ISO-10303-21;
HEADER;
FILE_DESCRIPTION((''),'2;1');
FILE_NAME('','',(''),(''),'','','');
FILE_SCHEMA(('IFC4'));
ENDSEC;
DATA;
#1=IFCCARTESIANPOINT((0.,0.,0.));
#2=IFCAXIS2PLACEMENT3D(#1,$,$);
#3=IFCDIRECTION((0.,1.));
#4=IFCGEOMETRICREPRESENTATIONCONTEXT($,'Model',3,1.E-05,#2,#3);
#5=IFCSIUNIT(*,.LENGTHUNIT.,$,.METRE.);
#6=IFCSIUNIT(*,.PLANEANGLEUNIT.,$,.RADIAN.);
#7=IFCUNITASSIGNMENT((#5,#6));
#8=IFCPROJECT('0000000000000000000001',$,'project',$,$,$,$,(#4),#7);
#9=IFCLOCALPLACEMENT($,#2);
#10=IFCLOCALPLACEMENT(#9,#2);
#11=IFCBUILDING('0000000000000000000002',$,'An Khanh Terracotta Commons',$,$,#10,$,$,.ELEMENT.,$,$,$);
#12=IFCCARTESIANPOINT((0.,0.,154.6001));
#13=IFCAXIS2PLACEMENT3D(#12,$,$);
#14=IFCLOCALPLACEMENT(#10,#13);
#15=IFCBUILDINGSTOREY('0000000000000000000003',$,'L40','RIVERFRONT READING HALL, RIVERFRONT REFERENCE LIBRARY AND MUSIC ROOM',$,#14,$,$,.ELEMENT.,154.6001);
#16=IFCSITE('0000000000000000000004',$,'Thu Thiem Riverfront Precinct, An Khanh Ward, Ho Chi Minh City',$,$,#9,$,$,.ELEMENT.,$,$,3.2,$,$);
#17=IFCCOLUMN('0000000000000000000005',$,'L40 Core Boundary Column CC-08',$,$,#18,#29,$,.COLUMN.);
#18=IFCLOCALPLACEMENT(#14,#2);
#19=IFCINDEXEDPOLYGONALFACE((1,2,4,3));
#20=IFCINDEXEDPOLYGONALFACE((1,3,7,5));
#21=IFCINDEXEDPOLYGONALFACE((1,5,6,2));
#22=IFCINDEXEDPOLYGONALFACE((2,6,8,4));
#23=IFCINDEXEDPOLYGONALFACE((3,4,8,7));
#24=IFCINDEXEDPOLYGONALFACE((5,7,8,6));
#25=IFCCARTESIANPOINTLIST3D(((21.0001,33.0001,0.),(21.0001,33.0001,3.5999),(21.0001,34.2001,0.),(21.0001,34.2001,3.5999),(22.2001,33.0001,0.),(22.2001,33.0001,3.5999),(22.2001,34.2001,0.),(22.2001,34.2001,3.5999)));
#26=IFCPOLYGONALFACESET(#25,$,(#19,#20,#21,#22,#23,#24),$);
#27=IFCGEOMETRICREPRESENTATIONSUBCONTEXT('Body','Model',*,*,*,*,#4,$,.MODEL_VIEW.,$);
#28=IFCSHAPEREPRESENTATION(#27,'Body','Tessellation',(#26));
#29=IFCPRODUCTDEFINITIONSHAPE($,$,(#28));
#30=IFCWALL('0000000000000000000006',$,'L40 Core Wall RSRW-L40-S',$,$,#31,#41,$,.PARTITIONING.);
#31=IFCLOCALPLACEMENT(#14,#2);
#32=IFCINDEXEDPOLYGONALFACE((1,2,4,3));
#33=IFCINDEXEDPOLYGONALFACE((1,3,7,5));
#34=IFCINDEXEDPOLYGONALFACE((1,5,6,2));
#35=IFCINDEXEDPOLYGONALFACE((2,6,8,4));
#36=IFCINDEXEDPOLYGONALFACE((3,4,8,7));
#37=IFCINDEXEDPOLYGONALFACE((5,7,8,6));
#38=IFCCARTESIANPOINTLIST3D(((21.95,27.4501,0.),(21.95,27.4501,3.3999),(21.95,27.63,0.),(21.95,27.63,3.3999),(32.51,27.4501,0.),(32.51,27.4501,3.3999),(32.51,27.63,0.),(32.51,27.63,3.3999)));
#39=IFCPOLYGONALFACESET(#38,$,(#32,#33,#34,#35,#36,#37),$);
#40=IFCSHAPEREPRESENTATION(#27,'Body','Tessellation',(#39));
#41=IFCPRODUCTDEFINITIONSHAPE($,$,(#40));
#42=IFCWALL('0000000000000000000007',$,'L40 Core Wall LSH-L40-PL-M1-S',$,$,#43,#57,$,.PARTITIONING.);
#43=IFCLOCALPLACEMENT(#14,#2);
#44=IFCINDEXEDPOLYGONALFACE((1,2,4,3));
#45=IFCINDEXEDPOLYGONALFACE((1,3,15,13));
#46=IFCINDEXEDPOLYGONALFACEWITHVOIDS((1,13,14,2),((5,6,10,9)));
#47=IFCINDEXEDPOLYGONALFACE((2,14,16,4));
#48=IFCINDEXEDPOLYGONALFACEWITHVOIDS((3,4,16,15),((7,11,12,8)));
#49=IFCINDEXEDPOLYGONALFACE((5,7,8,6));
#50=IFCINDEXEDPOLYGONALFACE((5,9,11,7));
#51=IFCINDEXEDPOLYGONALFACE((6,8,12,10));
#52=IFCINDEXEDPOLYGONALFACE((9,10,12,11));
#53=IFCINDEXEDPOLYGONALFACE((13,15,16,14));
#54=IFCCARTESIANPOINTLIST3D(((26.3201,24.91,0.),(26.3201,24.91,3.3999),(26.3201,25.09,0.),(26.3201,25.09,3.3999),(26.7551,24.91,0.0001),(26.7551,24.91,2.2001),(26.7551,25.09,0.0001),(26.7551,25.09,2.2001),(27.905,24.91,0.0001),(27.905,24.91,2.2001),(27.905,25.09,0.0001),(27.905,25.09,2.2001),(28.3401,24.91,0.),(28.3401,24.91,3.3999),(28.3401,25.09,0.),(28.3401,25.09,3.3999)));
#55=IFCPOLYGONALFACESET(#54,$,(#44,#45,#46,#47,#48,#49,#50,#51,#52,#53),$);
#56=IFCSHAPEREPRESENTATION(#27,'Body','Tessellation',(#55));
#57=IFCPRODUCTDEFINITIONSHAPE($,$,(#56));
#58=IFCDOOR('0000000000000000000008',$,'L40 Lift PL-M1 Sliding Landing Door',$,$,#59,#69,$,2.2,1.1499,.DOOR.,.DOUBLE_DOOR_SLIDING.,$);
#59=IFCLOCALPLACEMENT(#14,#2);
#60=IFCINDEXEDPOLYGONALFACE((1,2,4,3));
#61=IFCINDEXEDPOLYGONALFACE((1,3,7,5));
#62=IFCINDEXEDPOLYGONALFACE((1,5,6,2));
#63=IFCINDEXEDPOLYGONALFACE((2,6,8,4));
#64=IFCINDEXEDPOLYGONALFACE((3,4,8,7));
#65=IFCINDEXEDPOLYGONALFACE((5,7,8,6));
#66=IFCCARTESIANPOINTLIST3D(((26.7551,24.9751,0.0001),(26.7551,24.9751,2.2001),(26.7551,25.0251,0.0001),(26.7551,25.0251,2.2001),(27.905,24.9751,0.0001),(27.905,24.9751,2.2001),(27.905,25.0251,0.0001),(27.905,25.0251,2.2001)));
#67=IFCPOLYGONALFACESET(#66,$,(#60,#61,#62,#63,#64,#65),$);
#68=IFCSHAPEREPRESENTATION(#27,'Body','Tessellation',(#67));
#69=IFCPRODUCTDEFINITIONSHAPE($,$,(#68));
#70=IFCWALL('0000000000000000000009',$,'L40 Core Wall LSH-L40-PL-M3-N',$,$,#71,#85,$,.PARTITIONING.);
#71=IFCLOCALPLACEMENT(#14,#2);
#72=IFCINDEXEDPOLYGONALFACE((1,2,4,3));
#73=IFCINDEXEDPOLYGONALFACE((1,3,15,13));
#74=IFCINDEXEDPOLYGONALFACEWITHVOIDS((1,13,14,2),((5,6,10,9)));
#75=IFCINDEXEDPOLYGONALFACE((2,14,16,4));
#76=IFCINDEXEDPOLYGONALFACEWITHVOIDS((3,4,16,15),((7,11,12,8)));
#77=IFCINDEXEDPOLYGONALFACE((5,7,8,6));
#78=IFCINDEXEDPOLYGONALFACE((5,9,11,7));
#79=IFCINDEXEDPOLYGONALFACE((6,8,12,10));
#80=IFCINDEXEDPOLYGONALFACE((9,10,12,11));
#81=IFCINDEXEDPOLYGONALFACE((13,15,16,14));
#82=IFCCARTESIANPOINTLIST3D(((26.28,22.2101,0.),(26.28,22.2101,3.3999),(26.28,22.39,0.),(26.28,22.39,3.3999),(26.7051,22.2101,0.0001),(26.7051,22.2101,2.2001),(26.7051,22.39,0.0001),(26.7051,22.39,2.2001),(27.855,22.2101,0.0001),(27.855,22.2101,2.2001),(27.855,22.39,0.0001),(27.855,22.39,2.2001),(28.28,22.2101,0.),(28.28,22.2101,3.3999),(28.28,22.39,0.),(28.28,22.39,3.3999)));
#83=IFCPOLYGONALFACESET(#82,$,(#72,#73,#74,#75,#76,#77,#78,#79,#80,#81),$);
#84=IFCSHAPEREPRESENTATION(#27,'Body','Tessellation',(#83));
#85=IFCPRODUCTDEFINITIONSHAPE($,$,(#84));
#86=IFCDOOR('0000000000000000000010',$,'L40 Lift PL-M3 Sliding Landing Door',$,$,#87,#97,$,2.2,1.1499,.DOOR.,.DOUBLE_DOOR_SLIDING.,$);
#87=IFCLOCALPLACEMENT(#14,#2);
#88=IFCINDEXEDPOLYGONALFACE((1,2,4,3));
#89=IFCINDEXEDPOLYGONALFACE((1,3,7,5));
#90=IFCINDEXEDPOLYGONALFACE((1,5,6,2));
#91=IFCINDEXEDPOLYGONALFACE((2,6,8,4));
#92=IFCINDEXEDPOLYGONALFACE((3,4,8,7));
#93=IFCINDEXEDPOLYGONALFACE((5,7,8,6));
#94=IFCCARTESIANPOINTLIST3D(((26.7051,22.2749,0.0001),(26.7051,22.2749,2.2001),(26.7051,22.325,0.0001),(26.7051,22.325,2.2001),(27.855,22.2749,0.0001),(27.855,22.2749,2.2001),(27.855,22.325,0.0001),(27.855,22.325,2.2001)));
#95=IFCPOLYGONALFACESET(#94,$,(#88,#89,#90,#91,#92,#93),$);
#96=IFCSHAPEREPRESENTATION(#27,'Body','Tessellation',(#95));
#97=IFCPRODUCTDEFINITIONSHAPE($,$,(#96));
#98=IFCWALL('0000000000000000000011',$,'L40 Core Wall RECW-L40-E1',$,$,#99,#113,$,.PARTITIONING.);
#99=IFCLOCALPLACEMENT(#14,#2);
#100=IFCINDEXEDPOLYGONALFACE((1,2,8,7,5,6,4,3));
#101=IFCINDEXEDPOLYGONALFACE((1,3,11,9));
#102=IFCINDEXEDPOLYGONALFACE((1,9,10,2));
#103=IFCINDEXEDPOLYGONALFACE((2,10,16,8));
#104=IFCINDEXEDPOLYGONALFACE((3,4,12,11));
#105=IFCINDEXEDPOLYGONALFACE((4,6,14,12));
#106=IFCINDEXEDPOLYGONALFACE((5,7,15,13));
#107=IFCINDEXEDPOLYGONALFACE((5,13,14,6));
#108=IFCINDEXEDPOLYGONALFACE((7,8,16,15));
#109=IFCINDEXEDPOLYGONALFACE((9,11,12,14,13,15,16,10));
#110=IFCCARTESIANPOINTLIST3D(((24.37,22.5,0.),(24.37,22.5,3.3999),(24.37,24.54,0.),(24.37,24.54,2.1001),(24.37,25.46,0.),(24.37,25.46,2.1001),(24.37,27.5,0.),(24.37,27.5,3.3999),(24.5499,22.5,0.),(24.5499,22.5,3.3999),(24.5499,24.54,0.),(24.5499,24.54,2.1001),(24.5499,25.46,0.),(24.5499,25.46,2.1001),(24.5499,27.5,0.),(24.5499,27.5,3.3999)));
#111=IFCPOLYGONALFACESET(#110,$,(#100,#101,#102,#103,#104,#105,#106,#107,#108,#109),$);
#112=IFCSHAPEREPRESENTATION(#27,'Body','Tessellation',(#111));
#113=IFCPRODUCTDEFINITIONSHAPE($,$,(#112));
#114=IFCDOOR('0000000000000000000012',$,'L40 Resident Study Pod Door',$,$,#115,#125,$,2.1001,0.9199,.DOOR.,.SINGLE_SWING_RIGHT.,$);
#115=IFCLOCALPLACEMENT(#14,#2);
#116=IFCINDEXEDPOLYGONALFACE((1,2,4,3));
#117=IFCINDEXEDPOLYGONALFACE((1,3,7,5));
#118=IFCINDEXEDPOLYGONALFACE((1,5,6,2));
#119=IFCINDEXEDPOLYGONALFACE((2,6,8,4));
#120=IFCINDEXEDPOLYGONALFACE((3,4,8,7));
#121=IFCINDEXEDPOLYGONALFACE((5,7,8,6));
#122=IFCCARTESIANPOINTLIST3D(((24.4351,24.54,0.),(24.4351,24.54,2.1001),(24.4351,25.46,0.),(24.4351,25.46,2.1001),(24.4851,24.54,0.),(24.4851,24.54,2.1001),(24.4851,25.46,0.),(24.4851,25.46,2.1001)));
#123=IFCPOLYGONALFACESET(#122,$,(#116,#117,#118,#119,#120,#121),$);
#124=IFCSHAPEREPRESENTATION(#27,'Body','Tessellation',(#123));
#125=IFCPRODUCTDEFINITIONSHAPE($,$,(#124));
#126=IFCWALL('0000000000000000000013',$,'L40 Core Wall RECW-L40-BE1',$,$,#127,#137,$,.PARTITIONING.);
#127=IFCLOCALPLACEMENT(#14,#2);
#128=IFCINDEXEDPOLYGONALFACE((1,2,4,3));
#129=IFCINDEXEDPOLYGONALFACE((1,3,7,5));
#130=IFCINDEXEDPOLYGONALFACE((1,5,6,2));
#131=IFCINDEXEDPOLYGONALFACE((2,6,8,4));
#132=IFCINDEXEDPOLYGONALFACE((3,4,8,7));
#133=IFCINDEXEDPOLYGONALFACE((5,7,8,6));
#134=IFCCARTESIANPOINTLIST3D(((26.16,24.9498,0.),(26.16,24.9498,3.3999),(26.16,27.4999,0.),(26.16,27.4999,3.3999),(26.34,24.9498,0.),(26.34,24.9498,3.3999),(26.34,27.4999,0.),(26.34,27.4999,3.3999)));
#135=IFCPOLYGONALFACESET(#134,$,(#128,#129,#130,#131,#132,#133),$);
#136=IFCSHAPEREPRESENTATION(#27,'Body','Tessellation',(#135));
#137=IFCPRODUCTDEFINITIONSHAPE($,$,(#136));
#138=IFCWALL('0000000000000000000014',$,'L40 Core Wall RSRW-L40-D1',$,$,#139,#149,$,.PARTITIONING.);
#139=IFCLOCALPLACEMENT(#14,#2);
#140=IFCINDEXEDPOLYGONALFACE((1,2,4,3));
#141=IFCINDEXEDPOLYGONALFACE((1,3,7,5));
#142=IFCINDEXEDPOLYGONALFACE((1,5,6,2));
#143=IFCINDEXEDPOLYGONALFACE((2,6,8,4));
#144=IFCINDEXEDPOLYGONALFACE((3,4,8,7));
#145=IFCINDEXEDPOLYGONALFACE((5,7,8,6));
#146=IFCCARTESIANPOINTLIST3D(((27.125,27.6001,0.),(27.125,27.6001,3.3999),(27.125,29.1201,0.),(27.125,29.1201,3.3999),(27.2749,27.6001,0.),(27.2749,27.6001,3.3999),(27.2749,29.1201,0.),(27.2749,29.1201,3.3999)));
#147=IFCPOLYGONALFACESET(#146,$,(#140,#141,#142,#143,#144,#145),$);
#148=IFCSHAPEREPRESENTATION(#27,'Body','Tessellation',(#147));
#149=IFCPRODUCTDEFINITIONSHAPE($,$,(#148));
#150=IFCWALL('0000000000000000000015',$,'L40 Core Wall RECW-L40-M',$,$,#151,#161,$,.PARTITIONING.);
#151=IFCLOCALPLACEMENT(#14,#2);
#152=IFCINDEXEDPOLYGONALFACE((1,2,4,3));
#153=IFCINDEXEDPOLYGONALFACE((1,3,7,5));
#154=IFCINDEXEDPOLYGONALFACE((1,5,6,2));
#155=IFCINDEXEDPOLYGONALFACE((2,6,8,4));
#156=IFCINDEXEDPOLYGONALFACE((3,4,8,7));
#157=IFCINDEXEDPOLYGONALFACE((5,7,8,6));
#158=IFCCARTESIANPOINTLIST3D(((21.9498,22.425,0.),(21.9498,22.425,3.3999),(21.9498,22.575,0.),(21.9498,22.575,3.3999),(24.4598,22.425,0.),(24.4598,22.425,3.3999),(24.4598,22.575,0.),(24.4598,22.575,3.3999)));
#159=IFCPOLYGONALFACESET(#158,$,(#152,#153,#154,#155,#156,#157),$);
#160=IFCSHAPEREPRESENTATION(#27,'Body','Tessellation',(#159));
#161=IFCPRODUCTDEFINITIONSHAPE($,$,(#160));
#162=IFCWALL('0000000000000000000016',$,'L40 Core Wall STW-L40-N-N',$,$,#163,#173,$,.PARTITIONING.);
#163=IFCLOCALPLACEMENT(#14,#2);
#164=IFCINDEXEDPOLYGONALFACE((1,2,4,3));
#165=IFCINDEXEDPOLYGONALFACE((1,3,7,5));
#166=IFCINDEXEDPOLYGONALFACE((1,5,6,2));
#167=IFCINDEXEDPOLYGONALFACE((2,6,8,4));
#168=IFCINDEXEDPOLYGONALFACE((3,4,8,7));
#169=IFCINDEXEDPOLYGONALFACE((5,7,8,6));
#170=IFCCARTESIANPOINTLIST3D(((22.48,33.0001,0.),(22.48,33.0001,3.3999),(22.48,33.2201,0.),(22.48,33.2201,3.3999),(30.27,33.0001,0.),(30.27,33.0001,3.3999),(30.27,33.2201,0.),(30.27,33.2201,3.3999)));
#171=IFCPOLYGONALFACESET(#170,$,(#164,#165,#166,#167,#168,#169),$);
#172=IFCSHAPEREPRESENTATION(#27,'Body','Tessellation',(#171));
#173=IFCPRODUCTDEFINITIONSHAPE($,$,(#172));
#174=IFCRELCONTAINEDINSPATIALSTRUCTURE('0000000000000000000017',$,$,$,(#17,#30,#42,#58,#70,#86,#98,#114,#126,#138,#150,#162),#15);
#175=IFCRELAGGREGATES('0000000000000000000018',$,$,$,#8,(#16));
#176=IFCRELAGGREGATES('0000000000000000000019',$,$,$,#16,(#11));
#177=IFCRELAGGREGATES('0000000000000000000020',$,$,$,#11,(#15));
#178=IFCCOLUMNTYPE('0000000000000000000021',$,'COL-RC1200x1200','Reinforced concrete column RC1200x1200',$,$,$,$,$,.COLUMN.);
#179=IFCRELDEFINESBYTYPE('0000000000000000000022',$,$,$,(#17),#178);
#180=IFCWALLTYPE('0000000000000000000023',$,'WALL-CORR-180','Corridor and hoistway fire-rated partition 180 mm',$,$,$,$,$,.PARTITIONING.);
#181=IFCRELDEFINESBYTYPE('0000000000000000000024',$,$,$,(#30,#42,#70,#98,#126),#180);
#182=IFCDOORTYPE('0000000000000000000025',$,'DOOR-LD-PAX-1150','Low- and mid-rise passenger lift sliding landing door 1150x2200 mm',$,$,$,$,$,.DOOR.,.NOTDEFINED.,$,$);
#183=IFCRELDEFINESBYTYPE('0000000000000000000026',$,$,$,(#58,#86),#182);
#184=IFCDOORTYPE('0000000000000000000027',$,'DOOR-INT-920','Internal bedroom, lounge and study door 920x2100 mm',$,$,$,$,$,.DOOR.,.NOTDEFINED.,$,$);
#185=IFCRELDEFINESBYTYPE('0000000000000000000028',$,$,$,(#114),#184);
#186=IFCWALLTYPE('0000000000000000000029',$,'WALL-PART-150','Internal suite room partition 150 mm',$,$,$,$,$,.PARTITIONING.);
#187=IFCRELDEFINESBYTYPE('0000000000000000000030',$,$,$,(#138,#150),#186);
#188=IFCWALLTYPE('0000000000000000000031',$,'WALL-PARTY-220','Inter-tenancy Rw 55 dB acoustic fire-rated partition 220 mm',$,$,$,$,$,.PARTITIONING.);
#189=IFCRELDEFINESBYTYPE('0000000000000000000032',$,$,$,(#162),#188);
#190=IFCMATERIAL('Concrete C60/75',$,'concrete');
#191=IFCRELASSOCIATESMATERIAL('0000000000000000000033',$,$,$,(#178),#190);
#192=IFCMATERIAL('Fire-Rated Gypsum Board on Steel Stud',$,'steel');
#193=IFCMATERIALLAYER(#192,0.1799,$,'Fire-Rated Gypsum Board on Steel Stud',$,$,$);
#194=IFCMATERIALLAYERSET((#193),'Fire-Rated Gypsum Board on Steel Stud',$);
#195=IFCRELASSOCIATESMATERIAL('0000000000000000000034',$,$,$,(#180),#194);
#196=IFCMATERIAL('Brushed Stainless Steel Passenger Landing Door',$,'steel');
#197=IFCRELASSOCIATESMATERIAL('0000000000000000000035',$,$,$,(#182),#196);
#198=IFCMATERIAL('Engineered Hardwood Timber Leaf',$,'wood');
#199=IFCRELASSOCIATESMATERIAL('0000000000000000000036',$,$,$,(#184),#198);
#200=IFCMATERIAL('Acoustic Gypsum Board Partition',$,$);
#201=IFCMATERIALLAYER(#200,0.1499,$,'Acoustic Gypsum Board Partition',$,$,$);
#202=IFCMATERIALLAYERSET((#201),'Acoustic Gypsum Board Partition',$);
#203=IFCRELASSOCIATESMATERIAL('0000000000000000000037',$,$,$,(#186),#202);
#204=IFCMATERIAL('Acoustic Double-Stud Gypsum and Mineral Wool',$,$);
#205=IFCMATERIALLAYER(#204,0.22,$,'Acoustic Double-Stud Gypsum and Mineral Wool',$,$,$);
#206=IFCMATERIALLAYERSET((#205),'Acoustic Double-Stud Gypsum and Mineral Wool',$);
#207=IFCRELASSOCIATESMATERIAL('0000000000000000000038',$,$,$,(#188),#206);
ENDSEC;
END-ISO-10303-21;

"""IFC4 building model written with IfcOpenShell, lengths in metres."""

from ifc_helpers import new_model, si_unit, direction, frame, frame_2d, origin, origin_2d, place, context, subcontext, project, spatial, rectangle, extrude, material, layer, layer_set, material_profile, profile_set, type_object, element, fill, save


model = new_model("IFC4")

# Units and contexts
model_context = context("Model", 3, precision=1e-05, world=origin(), true_north=direction((0.0, 1.0)))
body_context = subcontext(model_context, "Body", "Model", "MODEL_VIEW")
ifc_project = project(units=[si_unit("LENGTHUNIT", "METRE"), si_unit("PLANEANGLEUNIT", "RADIAN")], contexts=[model_context])

# Site, building, storey
site_placement = place(None, origin())
site = spatial("IfcSite", under=ifc_project, at=site_placement, Name="Thu Thiem Riverfront Precinct, An Khanh Ward, Ho Chi Minh City", CompositionType="ELEMENT", RefElevation=3.2)
building_placement = place(site_placement, origin())
building = spatial("IfcBuilding", under=site, at=building_placement, Name="An Khanh Terracotta Commons", CompositionType="ELEMENT")
storey_placement = place(building_placement, frame((0.0, 0.0, 154.6001)))
storey = spatial("IfcBuildingStorey", under=building, at=storey_placement, Name="L40", Description="RIVERFRONT READING HALL, RIVERFRONT REFERENCE LIBRARY AND MUSIC ROOM", CompositionType="ELEMENT", Elevation=154.6001)

# Column
ifc_material_1 = material(Name="Concrete C60/75", Category="concrete")
ifc_material_profile = material_profile(ifc_material_1, rectangle(XDim=1.2, YDim=1.2, at=origin_2d()), Name="RC1200x1200")
ifc_profile_set = profile_set([ifc_material_profile], Name="Concrete C60/75")
column_type = type_object("IfcColumnType", Name="COL-RC1200x1200", Description="Reinforced concrete column RC1200x1200", PredefinedType="COLUMN", material=ifc_profile_set)
column_placement = place(storey_placement, frame((21.6001, 33.6001, 0.0), z_axis=(0.0, 0.0, 1.0), x_axis=(1.0, 0.0, 0.0)))
element("IfcColumn", 1, at=column_placement, inside=storey, type_object=column_type, Name="L40 Core Boundary Column CC-08", PredefinedType="COLUMN", context=body_context, shape_type="SweptSolid", body=[
    extrude(rectangle(XDim=1.2, YDim=1.2, at=origin_2d()), origin(), (0.0, 0.0, 1.0), 3.5999),
])

# Wall
ifc_material_2 = material(Name="Fire-Rated Gypsum Board on Steel Stud", Category="steel")
ifc_layer_1 = layer(ifc_material_2, 0.1799, Name="Fire-Rated Gypsum Board on Steel Stud")
ifc_layer_set_1 = layer_set([ifc_layer_1], Name="Fire-Rated Gypsum Board on Steel Stud")
wall_type_1 = type_object("IfcWallType", Name="WALL-CORR-180", Description="Corridor and hoistway fire-rated partition 180 mm", PredefinedType="PARTITIONING", material=ifc_layer_set_1)
wall_1_placement = place(storey_placement, frame((21.95, 27.54, 0.0), z_axis=(0.0, 0.0, 1.0), x_axis=(1.0, 0.0, 0.0)))
element("IfcWall", 2, at=wall_1_placement, inside=storey, type_object=wall_type_1, Name="L40 Core Wall RSRW-L40-S", PredefinedType="PARTITIONING", context=body_context, shape_type="SweptSolid", body=[
    extrude(rectangle(XDim=10.5601, YDim=0.1799, at=frame_2d((5.28, 0.0))), origin(), (0.0, 0.0, 1.0), 3.3999),
])

# Walls, openings, doors
wall_2_placement = place(storey_placement, frame((28.3401, 25.0, 0.0), z_axis=(0.0, 0.0, 1.0), x_axis=(-1.0, 0.0, 0.0)))
wall_2 = element("IfcWall", 3, at=wall_2_placement, inside=storey, type_object=wall_type_1, Name="L40 Core Wall LSH-L40-PL-M1-S", PredefinedType="PARTITIONING", context=body_context, shape_type="SweptSolid", body=[
    extrude(rectangle(XDim=2.02, YDim=0.1799, at=frame_2d((1.01, 0.0))), origin(), (0.0, 0.0, 1.0), 3.3999),
])
opening_1_placement = place(wall_2_placement, frame((0.4351, 0.0, 0.0)))
opening_1 = element("IfcOpeningElement", 4, at=opening_1_placement, cuts=wall_2, PredefinedType="OPENING", context=body_context, shape_type="SweptSolid", body=[
    extrude(rectangle(XDim=1.1499, YDim=2.2, at=frame_2d((0.575, 1.1001))), frame((0.0, 0.0999, 0.0), z_axis=(0.0, -1.0, 0.0), x_axis=(1.0, 0.0, 0.0)), (0.0, 0.0, 1.0), 0.2),
])
ifc_material_3 = material(Name="Brushed Stainless Steel Passenger Landing Door", Category="steel")
door_type_1 = type_object("IfcDoorType", Name="DOOR-LD-PAX-1150", Description="Low- and mid-rise passenger lift sliding landing door 1150x2200 mm", OperationType="NOTDEFINED", PredefinedType="DOOR", material=ifc_material_3)
door_1_placement = place(opening_1_placement, origin())
door_1 = element("IfcDoor", 5, at=door_1_placement, inside=storey, type_object=door_type_1, Name="L40 Lift PL-M1 Sliding Landing Door", OperationType="DOUBLE_DOOR_SLIDING", OverallHeight=2.2, OverallWidth=1.1499, PredefinedType="DOOR", context=body_context, shape_type="SweptSolid", body=[
    extrude(rectangle(XDim=1.1499, YDim=2.2, at=frame_2d((0.575, 1.1001))), frame((0.0, 0.0249, 0.0), z_axis=(0.0, -1.0, 0.0), x_axis=(1.0, 0.0, 0.0)), (0.0, 0.0, 1.0), 0.05),
])
fill(opening_1, door_1)
wall_3_placement = place(storey_placement, frame((26.28, 22.3, 0.0), z_axis=(0.0, 0.0, 1.0), x_axis=(1.0, 0.0, 0.0)))
wall_3 = element("IfcWall", 6, at=wall_3_placement, inside=storey, type_object=wall_type_1, Name="L40 Core Wall LSH-L40-PL-M3-N", PredefinedType="PARTITIONING", context=body_context, shape_type="SweptSolid", body=[
    extrude(rectangle(XDim=2.0, YDim=0.1799, at=frame_2d((1.0, 0.0))), origin(), (0.0, 0.0, 1.0), 3.3999),
])
opening_2_placement = place(wall_3_placement, frame((0.425, 0.0, 0.0)))
opening_2 = element("IfcOpeningElement", 7, at=opening_2_placement, cuts=wall_3, PredefinedType="OPENING", context=body_context, shape_type="SweptSolid", body=[
    extrude(rectangle(XDim=1.1499, YDim=2.2, at=frame_2d((0.575, 1.1001))), frame((0.0, 0.0999, 0.0), z_axis=(0.0, -1.0, 0.0), x_axis=(1.0, 0.0, 0.0)), (0.0, 0.0, 1.0), 0.2),
])
door_2_placement = place(opening_2_placement, origin())
door_2 = element("IfcDoor", 8, at=door_2_placement, inside=storey, type_object=door_type_1, Name="L40 Lift PL-M3 Sliding Landing Door", OperationType="DOUBLE_DOOR_SLIDING", OverallHeight=2.2, OverallWidth=1.1499, PredefinedType="DOOR", context=body_context, shape_type="SweptSolid", body=[
    extrude(rectangle(XDim=1.1499, YDim=2.2, at=frame_2d((0.575, 1.1001))), frame((0.0, 0.0249, 0.0), z_axis=(0.0, -1.0, 0.0), x_axis=(1.0, 0.0, 0.0)), (0.0, 0.0, 1.0), 0.05),
])
fill(opening_2, door_2)
wall_4_placement = place(storey_placement, frame((24.46, 22.5, 0.0), z_axis=(0.0, 0.0, 1.0), x_axis=(0.0, 1.0, 0.0)))
wall_4 = element("IfcWall", 9, at=wall_4_placement, inside=storey, type_object=wall_type_1, Name="L40 Core Wall RECW-L40-E1", PredefinedType="PARTITIONING", context=body_context, shape_type="SweptSolid", body=[
    extrude(rectangle(XDim=5.0, YDim=0.1799, at=frame_2d((2.5, 0.0))), origin(), (0.0, 0.0, 1.0), 3.3999),
])
opening_3_placement = place(wall_4_placement, frame((2.04, 0.0, 0.0)))
opening_3 = element("IfcOpeningElement", 10, at=opening_3_placement, cuts=wall_4, PredefinedType="OPENING", context=body_context, shape_type="SweptSolid", body=[
    extrude(rectangle(XDim=0.9199, YDim=2.1001, at=frame_2d((0.46, 1.05))), frame((0.0, 0.0999, 0.0), z_axis=(0.0, -1.0, 0.0), x_axis=(1.0, 0.0, 0.0)), (0.0, 0.0, 1.0), 0.2),
])
ifc_material_4 = material(Name="Engineered Hardwood Timber Leaf", Category="wood")
door_type_2 = type_object("IfcDoorType", Name="DOOR-INT-920", Description="Internal bedroom, lounge and study door 920x2100 mm", OperationType="NOTDEFINED", PredefinedType="DOOR", material=ifc_material_4)
door_3_placement = place(opening_3_placement, origin())
door_3 = element("IfcDoor", 11, at=door_3_placement, inside=storey, type_object=door_type_2, Name="L40 Resident Study Pod Door", OperationType="SINGLE_SWING_RIGHT", OverallHeight=2.1001, OverallWidth=0.9199, PredefinedType="DOOR", context=body_context, shape_type="SweptSolid", body=[
    extrude(rectangle(XDim=0.9199, YDim=2.1001, at=frame_2d((0.46, 1.05))), frame((0.0, 0.0249, 0.0), z_axis=(0.0, -1.0, 0.0), x_axis=(1.0, 0.0, 0.0)), (0.0, 0.0, 1.0), 0.05),
])
fill(opening_3, door_3)

# Walls
wall_5_placement = place(storey_placement, frame((26.25, 24.95, 0.0), z_axis=(0.0, 0.0, 1.0), x_axis=(0.0, 1.0, 0.0)))
element("IfcWall", 12, at=wall_5_placement, inside=storey, type_object=wall_type_1, Name="L40 Core Wall RECW-L40-BE1", PredefinedType="PARTITIONING", context=body_context, shape_type="SweptSolid", body=[
    extrude(rectangle(XDim=2.55, YDim=0.1799, at=frame_2d((1.2749, 0.0))), origin(), (0.0, 0.0, 1.0), 3.3999),
])
ifc_material_5 = material(Name="Acoustic Gypsum Board Partition")
ifc_layer_2 = layer(ifc_material_5, 0.1499, Name="Acoustic Gypsum Board Partition")
ifc_layer_set_2 = layer_set([ifc_layer_2], Name="Acoustic Gypsum Board Partition")
wall_type_2 = type_object("IfcWallType", Name="WALL-PART-150", Description="Internal suite room partition 150 mm", PredefinedType="PARTITIONING", material=ifc_layer_set_2)
wall_6_placement = place(storey_placement, frame((27.2, 27.6001, 0.0), z_axis=(0.0, 0.0, 1.0), x_axis=(0.0, 1.0, 0.0)))
element("IfcWall", 13, at=wall_6_placement, inside=storey, type_object=wall_type_2, Name="L40 Core Wall RSRW-L40-D1", PredefinedType="PARTITIONING", context=body_context, shape_type="SweptSolid", body=[
    extrude(rectangle(XDim=1.52, YDim=0.1499, at=frame_2d((0.76, 0.0))), origin(), (0.0, 0.0, 1.0), 3.3999),
])
wall_7_placement = place(storey_placement, frame((21.95, 22.5, 0.0), z_axis=(0.0, 0.0, 1.0), x_axis=(1.0, 0.0, 0.0)))
element("IfcWall", 14, at=wall_7_placement, inside=storey, type_object=wall_type_2, Name="L40 Core Wall RECW-L40-M", PredefinedType="PARTITIONING", context=body_context, shape_type="SweptSolid", body=[
    extrude(rectangle(XDim=2.51, YDim=0.1499, at=frame_2d((1.2549, 0.0))), origin(), (0.0, 0.0, 1.0), 3.3999),
])
ifc_material_6 = material(Name="Acoustic Double-Stud Gypsum and Mineral Wool")
ifc_layer_3 = layer(ifc_material_6, 0.22, Name="Acoustic Double-Stud Gypsum and Mineral Wool")
ifc_layer_set_3 = layer_set([ifc_layer_3], Name="Acoustic Double-Stud Gypsum and Mineral Wool")
wall_type_3 = type_object("IfcWallType", Name="WALL-PARTY-220", Description="Inter-tenancy Rw 55 dB acoustic fire-rated partition 220 mm", PredefinedType="PARTITIONING", material=ifc_layer_set_3)
wall_8_placement = place(storey_placement, frame((22.48, 33.1101, 0.0), z_axis=(0.0, 0.0, 1.0), x_axis=(1.0, 0.0, 0.0)))
element("IfcWall", 15, at=wall_8_placement, inside=storey, type_object=wall_type_3, Name="L40 Core Wall STW-L40-N-N", PredefinedType="PARTITIONING", context=body_context, shape_type="SweptSolid", body=[
    extrude(rectangle(XDim=7.79, YDim=0.22, at=frame_2d((3.895, 0.0))), origin(), (0.0, 0.0, 1.0), 3.3999),
])

save(model, "model.ifc")
